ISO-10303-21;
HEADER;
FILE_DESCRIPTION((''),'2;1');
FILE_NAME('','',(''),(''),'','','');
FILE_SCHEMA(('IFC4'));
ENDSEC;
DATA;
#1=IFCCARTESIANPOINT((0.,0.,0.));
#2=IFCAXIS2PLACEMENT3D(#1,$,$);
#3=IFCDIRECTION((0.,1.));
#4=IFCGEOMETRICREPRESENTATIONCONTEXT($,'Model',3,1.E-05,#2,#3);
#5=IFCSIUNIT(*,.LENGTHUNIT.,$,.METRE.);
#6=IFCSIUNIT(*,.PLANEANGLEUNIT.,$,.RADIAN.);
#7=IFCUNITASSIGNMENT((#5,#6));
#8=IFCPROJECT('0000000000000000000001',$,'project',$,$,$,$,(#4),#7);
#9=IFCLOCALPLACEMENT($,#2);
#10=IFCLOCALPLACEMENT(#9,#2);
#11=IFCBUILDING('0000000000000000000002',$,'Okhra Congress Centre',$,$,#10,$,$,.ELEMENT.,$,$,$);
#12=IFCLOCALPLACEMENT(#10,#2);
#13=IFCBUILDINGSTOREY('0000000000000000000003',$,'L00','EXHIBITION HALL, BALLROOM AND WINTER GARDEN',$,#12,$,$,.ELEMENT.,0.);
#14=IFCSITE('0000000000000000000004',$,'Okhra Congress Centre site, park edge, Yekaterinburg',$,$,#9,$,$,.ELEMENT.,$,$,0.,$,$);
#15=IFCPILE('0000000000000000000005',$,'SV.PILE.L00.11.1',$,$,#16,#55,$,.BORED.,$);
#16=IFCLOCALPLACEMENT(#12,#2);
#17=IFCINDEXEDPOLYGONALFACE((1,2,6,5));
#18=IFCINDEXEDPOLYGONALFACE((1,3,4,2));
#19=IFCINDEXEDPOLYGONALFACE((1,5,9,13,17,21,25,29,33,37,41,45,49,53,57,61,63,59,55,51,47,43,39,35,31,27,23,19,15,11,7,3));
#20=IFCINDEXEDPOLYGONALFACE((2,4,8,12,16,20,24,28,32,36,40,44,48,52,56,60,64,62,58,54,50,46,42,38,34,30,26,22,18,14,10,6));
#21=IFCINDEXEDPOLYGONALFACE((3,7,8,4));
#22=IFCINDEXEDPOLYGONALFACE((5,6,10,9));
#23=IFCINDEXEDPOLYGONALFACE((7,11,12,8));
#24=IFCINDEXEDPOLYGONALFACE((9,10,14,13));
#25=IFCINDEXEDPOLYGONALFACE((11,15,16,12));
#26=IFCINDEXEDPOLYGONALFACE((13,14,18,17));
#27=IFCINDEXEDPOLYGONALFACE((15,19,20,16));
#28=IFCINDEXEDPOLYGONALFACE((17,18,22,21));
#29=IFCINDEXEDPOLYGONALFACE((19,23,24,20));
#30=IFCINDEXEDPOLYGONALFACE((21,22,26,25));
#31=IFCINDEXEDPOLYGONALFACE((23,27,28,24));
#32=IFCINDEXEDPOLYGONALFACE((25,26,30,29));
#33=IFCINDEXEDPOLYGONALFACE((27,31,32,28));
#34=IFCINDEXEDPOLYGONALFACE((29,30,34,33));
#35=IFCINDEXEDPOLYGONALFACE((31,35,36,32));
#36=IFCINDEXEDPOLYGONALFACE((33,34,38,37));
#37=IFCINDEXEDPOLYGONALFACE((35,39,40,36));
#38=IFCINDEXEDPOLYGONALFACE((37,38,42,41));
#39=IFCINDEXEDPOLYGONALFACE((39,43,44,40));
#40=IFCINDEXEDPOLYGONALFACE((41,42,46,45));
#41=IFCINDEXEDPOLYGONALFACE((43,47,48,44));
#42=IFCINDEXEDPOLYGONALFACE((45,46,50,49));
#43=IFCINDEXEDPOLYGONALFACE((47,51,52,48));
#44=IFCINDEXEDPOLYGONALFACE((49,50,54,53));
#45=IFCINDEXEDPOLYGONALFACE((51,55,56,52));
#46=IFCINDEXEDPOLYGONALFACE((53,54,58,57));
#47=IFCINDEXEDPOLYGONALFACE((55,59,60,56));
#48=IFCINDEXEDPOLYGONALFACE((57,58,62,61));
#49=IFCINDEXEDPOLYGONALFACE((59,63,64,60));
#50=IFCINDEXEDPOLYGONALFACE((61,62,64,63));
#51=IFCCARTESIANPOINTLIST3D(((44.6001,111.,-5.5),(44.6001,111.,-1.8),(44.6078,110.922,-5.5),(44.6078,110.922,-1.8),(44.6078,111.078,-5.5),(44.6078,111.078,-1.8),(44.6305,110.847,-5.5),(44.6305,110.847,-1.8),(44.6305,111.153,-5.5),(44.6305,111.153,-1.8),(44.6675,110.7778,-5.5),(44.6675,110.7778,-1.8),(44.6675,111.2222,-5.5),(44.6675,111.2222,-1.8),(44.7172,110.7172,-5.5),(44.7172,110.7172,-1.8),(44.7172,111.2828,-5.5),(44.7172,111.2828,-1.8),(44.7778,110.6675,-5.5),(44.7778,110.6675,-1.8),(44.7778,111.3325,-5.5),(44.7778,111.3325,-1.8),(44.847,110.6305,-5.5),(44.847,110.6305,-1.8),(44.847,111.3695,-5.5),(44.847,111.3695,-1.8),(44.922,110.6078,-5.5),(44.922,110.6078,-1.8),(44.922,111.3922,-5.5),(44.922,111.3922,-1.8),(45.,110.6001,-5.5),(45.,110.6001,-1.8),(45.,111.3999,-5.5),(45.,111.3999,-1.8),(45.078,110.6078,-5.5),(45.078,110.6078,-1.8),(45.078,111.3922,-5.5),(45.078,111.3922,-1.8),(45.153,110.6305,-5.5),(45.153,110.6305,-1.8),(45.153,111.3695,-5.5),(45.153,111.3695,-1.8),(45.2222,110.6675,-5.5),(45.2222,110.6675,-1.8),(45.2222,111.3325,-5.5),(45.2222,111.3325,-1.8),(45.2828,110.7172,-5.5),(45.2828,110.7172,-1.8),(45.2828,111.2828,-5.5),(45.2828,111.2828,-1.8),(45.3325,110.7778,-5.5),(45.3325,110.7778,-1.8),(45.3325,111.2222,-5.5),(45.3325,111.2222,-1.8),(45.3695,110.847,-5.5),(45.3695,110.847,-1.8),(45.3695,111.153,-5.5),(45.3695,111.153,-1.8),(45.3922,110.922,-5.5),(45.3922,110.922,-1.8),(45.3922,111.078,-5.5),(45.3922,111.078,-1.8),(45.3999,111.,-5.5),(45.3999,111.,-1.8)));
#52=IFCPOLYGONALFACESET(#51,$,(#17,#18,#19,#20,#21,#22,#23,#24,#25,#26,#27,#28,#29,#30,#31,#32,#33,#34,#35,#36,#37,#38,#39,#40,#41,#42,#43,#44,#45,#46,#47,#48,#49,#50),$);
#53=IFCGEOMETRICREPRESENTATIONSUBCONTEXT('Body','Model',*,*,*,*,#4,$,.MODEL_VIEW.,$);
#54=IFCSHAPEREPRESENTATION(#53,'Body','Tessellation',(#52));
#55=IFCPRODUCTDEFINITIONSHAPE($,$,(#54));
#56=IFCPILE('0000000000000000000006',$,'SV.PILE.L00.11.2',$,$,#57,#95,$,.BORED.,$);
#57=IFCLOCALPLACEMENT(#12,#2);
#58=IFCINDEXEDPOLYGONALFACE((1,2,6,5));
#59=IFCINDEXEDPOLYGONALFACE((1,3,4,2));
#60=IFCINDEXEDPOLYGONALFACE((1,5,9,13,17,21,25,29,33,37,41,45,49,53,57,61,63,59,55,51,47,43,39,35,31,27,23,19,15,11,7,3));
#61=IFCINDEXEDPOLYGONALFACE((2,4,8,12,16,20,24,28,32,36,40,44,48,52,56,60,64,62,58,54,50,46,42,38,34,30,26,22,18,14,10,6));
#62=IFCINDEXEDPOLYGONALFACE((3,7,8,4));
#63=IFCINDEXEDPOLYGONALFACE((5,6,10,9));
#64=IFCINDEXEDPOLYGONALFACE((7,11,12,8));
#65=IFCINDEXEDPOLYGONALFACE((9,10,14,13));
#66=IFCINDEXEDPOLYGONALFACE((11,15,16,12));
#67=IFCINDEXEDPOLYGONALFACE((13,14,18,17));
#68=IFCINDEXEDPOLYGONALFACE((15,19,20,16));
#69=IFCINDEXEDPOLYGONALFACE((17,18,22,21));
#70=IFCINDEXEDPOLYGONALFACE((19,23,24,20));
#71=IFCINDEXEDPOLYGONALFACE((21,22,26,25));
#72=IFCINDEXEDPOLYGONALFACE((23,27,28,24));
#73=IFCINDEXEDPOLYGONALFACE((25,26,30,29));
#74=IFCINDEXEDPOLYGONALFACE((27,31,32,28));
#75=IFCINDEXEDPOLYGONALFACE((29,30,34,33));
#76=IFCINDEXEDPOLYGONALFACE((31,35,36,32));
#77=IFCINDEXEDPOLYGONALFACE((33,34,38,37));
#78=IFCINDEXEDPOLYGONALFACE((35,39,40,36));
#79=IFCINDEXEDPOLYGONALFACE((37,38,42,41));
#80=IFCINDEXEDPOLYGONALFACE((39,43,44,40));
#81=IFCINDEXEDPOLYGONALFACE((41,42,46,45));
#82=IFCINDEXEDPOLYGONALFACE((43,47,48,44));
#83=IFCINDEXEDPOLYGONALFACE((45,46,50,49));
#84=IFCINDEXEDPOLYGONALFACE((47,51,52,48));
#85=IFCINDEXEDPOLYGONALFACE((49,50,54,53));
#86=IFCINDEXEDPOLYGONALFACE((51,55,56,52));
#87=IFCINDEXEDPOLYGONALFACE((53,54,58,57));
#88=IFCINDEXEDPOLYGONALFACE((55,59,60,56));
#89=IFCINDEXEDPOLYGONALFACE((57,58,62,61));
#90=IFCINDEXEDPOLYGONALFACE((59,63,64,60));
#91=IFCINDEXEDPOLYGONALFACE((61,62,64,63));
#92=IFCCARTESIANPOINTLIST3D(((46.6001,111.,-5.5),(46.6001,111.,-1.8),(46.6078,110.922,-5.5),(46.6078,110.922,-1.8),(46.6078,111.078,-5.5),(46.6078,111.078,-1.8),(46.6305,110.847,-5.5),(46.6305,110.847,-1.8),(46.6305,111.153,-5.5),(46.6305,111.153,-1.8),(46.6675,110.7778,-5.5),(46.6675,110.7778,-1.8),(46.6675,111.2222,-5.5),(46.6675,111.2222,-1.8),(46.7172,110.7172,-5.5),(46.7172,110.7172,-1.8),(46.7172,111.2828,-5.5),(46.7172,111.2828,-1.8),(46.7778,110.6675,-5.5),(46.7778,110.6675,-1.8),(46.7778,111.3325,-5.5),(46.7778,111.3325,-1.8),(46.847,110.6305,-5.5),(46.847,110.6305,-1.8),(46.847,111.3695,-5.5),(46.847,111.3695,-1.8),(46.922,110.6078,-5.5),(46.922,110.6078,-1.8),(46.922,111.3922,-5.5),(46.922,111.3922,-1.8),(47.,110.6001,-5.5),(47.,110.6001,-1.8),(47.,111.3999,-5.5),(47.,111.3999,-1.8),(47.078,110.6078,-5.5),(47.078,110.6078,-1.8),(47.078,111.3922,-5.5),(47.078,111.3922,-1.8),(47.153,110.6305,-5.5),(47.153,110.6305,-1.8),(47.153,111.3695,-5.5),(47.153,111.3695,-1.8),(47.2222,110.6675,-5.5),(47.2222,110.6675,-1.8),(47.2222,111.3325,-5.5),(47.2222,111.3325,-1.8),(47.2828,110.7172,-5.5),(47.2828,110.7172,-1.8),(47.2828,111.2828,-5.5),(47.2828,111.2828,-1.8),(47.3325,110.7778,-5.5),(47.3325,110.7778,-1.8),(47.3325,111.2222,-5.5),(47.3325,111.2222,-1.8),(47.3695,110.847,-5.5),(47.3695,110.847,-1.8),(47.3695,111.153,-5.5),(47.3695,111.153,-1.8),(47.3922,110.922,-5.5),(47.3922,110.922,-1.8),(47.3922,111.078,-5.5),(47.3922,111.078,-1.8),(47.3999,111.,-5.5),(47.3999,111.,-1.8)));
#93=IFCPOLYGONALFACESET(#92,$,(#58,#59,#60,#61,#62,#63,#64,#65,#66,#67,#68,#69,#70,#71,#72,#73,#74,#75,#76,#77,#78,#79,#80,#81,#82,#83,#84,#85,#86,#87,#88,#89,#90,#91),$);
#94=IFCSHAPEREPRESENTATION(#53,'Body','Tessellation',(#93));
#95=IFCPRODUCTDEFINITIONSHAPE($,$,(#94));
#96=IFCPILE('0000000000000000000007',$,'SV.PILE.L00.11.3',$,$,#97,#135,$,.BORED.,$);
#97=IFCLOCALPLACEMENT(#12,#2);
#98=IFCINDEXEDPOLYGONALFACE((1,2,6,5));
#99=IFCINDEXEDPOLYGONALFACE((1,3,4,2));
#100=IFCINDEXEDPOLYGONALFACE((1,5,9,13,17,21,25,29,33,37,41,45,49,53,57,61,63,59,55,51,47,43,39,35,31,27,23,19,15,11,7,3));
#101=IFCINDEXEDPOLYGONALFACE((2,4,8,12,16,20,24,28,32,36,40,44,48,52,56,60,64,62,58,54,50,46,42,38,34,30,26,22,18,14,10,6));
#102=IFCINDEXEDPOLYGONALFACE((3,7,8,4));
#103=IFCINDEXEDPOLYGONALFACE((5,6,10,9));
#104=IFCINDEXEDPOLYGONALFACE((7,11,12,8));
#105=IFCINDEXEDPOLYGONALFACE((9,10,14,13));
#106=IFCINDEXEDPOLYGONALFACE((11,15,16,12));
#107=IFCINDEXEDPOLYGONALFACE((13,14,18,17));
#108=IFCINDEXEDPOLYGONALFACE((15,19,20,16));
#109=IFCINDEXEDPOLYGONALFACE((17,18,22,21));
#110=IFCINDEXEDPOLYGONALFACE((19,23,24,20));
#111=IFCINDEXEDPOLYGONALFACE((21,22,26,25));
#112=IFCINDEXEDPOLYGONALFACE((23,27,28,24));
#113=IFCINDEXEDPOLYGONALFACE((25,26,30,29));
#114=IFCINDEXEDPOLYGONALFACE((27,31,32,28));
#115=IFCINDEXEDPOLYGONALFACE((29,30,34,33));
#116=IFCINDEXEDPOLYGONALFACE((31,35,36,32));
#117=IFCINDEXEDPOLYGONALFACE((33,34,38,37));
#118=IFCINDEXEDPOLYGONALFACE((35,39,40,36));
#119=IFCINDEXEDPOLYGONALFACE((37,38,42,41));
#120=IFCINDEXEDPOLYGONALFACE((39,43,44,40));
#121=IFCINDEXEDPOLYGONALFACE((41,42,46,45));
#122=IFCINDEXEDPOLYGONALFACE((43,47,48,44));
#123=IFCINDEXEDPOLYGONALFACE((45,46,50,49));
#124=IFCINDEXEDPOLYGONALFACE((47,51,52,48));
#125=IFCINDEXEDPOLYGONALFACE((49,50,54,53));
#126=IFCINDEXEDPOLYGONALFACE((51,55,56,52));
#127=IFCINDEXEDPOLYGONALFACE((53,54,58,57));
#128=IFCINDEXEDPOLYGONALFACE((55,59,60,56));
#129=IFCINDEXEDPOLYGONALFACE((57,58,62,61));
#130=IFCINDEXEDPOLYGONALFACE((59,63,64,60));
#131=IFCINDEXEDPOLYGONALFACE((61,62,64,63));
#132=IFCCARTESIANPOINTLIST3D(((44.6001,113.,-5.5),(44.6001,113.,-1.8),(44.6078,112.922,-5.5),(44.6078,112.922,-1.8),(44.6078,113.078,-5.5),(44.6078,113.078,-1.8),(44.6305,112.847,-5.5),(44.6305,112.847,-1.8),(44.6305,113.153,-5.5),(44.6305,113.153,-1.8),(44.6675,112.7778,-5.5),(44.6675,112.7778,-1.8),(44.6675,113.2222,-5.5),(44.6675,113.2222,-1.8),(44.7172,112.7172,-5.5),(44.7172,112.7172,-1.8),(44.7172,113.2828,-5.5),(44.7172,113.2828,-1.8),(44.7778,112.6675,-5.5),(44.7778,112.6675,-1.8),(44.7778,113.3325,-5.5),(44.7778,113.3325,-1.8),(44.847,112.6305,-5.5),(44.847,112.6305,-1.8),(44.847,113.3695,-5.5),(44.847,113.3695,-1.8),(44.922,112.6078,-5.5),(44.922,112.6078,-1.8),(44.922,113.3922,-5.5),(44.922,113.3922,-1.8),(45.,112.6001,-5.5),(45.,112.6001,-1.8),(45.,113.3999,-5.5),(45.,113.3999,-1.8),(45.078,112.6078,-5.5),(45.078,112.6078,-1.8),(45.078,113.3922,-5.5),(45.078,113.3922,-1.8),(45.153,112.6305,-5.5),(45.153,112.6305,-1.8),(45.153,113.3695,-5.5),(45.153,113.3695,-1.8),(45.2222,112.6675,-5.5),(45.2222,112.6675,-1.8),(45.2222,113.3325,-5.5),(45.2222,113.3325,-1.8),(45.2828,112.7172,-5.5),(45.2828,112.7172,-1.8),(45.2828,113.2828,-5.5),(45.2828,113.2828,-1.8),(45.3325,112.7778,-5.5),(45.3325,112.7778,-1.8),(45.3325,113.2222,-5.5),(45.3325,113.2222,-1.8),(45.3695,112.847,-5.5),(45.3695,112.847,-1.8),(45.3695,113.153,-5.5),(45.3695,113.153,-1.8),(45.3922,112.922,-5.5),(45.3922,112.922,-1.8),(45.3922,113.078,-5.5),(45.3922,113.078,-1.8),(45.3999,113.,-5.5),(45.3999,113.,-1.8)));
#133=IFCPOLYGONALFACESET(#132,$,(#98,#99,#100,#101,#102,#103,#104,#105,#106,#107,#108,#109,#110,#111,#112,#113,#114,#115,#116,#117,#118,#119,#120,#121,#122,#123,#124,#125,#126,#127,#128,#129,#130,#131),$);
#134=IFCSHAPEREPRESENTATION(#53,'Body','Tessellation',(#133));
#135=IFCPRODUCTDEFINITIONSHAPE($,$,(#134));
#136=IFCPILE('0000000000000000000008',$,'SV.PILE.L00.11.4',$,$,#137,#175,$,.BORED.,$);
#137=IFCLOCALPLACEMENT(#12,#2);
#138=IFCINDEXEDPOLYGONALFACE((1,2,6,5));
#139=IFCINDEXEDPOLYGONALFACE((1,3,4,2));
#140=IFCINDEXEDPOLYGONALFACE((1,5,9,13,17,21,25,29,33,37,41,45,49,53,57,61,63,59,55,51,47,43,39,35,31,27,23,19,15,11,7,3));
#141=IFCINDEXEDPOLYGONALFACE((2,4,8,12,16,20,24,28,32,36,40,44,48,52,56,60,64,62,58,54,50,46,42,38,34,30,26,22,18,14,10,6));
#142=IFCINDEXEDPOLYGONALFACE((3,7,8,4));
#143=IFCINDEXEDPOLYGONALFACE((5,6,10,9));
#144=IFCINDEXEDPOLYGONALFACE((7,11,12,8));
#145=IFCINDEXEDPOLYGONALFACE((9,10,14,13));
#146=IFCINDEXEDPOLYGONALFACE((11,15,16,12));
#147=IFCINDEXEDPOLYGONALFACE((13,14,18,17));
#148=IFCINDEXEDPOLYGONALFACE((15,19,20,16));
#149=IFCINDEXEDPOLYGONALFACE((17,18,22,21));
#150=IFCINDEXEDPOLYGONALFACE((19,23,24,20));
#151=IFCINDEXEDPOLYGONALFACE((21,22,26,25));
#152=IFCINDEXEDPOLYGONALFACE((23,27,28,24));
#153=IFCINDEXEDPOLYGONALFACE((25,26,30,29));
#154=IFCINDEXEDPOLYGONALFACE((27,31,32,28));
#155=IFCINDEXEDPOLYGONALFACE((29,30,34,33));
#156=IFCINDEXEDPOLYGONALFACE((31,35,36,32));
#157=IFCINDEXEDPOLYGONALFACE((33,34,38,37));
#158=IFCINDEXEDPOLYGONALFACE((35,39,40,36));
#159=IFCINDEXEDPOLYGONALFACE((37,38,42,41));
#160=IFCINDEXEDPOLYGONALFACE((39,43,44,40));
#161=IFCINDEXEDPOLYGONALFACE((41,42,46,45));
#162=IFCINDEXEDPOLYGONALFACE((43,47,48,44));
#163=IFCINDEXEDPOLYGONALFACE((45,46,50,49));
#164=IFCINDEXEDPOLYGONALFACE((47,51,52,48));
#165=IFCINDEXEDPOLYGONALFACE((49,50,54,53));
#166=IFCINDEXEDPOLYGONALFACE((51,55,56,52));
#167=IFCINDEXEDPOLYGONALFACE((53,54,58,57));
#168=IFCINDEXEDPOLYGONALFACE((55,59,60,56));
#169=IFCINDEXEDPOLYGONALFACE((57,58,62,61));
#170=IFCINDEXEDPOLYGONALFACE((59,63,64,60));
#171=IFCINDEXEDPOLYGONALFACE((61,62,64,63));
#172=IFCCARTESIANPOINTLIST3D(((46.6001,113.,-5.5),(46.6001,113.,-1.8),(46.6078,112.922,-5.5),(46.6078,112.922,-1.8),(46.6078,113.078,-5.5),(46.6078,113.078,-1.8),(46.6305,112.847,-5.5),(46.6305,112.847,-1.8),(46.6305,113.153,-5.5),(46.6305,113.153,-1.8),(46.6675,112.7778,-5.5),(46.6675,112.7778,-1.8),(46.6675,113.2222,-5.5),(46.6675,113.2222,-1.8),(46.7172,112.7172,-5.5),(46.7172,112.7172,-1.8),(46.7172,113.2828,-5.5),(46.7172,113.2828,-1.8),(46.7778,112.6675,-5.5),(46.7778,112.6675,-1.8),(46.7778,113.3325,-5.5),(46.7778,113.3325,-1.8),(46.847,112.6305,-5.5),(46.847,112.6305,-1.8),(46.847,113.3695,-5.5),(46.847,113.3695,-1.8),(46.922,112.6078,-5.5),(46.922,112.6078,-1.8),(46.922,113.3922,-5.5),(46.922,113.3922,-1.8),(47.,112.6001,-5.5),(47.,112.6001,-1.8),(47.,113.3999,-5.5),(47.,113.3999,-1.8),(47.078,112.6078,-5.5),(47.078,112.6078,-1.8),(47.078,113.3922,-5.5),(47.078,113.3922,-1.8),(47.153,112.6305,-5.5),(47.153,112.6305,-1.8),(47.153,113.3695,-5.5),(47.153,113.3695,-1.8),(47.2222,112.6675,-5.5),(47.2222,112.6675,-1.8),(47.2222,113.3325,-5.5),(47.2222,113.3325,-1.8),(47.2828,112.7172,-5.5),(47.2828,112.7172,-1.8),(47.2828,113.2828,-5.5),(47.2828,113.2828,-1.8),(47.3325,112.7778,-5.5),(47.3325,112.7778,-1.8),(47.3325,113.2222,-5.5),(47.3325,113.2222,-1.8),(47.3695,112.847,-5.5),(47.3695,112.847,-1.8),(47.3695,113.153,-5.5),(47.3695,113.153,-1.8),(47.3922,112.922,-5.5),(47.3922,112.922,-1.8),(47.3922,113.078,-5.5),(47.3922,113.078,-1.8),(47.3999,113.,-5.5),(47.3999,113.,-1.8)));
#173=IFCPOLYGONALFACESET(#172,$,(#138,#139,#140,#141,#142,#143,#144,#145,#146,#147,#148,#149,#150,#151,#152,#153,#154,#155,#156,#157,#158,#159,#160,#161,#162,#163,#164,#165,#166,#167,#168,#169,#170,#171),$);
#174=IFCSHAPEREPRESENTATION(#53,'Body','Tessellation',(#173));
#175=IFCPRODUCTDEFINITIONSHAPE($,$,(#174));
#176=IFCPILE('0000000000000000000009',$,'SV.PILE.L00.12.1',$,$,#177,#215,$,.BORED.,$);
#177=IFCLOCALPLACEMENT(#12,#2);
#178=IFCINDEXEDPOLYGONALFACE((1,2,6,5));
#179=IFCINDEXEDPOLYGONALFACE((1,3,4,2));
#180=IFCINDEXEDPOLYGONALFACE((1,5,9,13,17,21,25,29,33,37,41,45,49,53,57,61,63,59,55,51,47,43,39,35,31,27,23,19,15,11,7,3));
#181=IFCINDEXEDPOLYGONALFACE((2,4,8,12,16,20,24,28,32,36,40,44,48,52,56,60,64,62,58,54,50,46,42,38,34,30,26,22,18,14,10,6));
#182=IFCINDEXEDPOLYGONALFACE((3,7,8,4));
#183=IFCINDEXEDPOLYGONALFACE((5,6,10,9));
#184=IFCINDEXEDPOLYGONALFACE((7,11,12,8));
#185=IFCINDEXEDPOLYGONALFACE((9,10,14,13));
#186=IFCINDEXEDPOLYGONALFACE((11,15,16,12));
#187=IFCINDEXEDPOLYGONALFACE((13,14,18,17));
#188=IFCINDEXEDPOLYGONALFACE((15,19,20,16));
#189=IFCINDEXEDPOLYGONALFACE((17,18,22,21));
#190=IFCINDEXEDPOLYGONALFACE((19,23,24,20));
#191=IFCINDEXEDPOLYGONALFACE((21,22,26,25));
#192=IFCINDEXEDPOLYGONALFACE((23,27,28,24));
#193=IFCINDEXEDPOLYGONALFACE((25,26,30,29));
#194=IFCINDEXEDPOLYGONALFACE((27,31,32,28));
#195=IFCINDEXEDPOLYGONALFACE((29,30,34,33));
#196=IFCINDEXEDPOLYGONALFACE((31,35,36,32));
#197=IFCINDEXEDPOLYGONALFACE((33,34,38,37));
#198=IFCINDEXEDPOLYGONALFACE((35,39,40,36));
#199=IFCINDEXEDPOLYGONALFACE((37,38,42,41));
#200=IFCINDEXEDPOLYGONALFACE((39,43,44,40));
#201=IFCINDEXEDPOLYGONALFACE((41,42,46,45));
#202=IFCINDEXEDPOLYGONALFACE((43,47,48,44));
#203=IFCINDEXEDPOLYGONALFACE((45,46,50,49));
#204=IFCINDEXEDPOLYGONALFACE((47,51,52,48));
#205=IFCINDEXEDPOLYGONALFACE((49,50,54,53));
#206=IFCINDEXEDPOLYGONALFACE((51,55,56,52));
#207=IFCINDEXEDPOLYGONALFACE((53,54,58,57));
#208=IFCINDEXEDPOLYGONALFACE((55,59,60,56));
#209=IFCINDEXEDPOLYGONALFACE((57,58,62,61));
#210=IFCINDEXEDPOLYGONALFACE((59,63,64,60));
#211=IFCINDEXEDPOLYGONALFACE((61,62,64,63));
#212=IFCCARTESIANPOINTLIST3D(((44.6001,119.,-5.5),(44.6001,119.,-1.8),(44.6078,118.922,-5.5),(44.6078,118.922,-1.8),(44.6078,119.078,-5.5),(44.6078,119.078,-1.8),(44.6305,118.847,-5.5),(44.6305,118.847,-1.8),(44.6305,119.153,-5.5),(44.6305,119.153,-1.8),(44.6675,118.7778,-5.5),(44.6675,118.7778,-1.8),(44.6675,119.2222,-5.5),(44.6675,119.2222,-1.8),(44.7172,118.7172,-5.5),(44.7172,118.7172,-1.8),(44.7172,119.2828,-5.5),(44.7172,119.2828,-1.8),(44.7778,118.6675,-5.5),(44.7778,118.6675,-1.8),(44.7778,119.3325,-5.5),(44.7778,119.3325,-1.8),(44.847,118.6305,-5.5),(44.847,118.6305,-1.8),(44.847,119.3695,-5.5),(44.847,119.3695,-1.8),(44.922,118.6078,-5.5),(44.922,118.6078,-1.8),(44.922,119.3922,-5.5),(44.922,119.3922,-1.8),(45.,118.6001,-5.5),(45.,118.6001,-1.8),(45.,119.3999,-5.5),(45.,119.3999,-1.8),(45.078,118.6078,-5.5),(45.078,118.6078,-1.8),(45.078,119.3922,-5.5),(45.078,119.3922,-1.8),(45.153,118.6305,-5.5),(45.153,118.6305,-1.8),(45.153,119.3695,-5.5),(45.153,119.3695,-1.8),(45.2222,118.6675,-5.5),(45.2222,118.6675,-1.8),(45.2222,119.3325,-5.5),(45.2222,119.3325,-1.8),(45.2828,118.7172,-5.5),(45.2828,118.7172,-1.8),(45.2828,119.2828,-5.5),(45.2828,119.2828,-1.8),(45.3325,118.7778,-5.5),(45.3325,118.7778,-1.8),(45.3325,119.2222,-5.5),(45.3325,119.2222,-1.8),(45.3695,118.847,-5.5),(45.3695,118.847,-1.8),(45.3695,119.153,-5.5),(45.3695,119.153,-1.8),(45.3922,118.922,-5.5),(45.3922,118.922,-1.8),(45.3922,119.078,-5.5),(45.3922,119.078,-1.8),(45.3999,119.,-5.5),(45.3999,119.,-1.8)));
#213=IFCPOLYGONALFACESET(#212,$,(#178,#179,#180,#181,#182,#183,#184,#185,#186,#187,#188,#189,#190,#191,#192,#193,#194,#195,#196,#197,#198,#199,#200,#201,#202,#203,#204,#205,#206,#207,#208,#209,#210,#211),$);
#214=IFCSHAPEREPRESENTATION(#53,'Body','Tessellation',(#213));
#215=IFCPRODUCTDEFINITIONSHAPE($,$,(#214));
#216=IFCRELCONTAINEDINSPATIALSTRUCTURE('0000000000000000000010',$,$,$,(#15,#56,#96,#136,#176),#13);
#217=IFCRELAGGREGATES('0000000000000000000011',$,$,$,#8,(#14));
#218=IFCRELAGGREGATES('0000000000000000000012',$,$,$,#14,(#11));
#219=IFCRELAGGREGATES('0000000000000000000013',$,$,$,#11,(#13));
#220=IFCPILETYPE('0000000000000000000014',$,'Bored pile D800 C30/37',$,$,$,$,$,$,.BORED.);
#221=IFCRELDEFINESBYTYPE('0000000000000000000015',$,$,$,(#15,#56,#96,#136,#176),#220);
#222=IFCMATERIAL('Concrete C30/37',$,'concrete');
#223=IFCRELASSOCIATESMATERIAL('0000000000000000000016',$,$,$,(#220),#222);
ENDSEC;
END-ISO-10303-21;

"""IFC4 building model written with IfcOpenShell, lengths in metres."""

from ifc_helpers import new_model, si_unit, direction, frame, origin, origin_2d, place, context, subcontext, project, spatial, circle, extrude, material, material_profile, profile_set, type_object, element, save


model = new_model("IFC4")

# Units and contexts
model_context = context("Model", 3, precision=1e-05, world=origin(), true_north=direction((0.0, 1.0)))
body_context = subcontext(model_context, "Body", "Model", "MODEL_VIEW")
ifc_project = project(units=[si_unit("LENGTHUNIT", "METRE"), si_unit("PLANEANGLEUNIT", "RADIAN")], contexts=[model_context])

# Site, building, storey
site_placement = place(None, origin())
site = spatial("IfcSite", under=ifc_project, at=site_placement, Name="Okhra Congress Centre site, park edge, Yekaterinburg", CompositionType="ELEMENT", RefElevation=0.0)
building_placement = place(site_placement, origin())
building = spatial("IfcBuilding", under=site, at=building_placement, Name="Okhra Congress Centre", CompositionType="ELEMENT")
storey_placement = place(building_placement, origin())
storey = spatial("IfcBuildingStorey", under=building, at=storey_placement, Name="L00", Description="EXHIBITION HALL, BALLROOM AND WINTER GARDEN", CompositionType="ELEMENT", Elevation=0.0)

# Piles
ifc_material_1 = material(Name="Concrete C30/37", Category="concrete")
ifc_material_profile_1 = material_profile(ifc_material_1, circle(Radius=0.3999, at=origin_2d()), Name="D800")
ifc_profile_set_1 = profile_set([ifc_material_profile_1], Name="Concrete C30/37")
pile_type_1 = type_object("IfcPileType", Name="Bored pile D800 C30/37", PredefinedType="BORED", material=ifc_profile_set_1)
for number, where, z_axis, x_axis, name in (
    (1, (45.0, 111.0, -1.8), (0.0, 0.0, -1.0), (1.0, 0.0, 0.0), "SV.PILE.L00.11.1"),
    (2, (47.0, 111.0, -1.8), (0.0, 0.0, -1.0), (1.0, 0.0, 0.0), "SV.PILE.L00.11.2"),
    (3, (45.0, 113.0, -1.8), (0.0, 0.0, -1.0), (1.0, 0.0, 0.0), "SV.PILE.L00.11.3"),
    (4, (47.0, 113.0, -1.8), (0.0, 0.0, -1.0), (1.0, 0.0, 0.0), "SV.PILE.L00.11.4"),
    (5, (45.0, 119.0, -1.8), (0.0, 0.0, -1.0), (1.0, 0.0, 0.0), "SV.PILE.L00.12.1"),
):
    element("IfcPile", number, at=place(storey_placement, frame(where, z_axis=z_axis, x_axis=x_axis)), inside=storey, type_object=pile_type_1, Name=name, PredefinedType="BORED", context=body_context, shape_type="SweptSolid", body=[
        extrude(circle(Radius=0.3999, at=origin_2d()), origin(), (0.0, 0.0, 1.0), 3.7),
    ])

save(model, "model.ifc")
